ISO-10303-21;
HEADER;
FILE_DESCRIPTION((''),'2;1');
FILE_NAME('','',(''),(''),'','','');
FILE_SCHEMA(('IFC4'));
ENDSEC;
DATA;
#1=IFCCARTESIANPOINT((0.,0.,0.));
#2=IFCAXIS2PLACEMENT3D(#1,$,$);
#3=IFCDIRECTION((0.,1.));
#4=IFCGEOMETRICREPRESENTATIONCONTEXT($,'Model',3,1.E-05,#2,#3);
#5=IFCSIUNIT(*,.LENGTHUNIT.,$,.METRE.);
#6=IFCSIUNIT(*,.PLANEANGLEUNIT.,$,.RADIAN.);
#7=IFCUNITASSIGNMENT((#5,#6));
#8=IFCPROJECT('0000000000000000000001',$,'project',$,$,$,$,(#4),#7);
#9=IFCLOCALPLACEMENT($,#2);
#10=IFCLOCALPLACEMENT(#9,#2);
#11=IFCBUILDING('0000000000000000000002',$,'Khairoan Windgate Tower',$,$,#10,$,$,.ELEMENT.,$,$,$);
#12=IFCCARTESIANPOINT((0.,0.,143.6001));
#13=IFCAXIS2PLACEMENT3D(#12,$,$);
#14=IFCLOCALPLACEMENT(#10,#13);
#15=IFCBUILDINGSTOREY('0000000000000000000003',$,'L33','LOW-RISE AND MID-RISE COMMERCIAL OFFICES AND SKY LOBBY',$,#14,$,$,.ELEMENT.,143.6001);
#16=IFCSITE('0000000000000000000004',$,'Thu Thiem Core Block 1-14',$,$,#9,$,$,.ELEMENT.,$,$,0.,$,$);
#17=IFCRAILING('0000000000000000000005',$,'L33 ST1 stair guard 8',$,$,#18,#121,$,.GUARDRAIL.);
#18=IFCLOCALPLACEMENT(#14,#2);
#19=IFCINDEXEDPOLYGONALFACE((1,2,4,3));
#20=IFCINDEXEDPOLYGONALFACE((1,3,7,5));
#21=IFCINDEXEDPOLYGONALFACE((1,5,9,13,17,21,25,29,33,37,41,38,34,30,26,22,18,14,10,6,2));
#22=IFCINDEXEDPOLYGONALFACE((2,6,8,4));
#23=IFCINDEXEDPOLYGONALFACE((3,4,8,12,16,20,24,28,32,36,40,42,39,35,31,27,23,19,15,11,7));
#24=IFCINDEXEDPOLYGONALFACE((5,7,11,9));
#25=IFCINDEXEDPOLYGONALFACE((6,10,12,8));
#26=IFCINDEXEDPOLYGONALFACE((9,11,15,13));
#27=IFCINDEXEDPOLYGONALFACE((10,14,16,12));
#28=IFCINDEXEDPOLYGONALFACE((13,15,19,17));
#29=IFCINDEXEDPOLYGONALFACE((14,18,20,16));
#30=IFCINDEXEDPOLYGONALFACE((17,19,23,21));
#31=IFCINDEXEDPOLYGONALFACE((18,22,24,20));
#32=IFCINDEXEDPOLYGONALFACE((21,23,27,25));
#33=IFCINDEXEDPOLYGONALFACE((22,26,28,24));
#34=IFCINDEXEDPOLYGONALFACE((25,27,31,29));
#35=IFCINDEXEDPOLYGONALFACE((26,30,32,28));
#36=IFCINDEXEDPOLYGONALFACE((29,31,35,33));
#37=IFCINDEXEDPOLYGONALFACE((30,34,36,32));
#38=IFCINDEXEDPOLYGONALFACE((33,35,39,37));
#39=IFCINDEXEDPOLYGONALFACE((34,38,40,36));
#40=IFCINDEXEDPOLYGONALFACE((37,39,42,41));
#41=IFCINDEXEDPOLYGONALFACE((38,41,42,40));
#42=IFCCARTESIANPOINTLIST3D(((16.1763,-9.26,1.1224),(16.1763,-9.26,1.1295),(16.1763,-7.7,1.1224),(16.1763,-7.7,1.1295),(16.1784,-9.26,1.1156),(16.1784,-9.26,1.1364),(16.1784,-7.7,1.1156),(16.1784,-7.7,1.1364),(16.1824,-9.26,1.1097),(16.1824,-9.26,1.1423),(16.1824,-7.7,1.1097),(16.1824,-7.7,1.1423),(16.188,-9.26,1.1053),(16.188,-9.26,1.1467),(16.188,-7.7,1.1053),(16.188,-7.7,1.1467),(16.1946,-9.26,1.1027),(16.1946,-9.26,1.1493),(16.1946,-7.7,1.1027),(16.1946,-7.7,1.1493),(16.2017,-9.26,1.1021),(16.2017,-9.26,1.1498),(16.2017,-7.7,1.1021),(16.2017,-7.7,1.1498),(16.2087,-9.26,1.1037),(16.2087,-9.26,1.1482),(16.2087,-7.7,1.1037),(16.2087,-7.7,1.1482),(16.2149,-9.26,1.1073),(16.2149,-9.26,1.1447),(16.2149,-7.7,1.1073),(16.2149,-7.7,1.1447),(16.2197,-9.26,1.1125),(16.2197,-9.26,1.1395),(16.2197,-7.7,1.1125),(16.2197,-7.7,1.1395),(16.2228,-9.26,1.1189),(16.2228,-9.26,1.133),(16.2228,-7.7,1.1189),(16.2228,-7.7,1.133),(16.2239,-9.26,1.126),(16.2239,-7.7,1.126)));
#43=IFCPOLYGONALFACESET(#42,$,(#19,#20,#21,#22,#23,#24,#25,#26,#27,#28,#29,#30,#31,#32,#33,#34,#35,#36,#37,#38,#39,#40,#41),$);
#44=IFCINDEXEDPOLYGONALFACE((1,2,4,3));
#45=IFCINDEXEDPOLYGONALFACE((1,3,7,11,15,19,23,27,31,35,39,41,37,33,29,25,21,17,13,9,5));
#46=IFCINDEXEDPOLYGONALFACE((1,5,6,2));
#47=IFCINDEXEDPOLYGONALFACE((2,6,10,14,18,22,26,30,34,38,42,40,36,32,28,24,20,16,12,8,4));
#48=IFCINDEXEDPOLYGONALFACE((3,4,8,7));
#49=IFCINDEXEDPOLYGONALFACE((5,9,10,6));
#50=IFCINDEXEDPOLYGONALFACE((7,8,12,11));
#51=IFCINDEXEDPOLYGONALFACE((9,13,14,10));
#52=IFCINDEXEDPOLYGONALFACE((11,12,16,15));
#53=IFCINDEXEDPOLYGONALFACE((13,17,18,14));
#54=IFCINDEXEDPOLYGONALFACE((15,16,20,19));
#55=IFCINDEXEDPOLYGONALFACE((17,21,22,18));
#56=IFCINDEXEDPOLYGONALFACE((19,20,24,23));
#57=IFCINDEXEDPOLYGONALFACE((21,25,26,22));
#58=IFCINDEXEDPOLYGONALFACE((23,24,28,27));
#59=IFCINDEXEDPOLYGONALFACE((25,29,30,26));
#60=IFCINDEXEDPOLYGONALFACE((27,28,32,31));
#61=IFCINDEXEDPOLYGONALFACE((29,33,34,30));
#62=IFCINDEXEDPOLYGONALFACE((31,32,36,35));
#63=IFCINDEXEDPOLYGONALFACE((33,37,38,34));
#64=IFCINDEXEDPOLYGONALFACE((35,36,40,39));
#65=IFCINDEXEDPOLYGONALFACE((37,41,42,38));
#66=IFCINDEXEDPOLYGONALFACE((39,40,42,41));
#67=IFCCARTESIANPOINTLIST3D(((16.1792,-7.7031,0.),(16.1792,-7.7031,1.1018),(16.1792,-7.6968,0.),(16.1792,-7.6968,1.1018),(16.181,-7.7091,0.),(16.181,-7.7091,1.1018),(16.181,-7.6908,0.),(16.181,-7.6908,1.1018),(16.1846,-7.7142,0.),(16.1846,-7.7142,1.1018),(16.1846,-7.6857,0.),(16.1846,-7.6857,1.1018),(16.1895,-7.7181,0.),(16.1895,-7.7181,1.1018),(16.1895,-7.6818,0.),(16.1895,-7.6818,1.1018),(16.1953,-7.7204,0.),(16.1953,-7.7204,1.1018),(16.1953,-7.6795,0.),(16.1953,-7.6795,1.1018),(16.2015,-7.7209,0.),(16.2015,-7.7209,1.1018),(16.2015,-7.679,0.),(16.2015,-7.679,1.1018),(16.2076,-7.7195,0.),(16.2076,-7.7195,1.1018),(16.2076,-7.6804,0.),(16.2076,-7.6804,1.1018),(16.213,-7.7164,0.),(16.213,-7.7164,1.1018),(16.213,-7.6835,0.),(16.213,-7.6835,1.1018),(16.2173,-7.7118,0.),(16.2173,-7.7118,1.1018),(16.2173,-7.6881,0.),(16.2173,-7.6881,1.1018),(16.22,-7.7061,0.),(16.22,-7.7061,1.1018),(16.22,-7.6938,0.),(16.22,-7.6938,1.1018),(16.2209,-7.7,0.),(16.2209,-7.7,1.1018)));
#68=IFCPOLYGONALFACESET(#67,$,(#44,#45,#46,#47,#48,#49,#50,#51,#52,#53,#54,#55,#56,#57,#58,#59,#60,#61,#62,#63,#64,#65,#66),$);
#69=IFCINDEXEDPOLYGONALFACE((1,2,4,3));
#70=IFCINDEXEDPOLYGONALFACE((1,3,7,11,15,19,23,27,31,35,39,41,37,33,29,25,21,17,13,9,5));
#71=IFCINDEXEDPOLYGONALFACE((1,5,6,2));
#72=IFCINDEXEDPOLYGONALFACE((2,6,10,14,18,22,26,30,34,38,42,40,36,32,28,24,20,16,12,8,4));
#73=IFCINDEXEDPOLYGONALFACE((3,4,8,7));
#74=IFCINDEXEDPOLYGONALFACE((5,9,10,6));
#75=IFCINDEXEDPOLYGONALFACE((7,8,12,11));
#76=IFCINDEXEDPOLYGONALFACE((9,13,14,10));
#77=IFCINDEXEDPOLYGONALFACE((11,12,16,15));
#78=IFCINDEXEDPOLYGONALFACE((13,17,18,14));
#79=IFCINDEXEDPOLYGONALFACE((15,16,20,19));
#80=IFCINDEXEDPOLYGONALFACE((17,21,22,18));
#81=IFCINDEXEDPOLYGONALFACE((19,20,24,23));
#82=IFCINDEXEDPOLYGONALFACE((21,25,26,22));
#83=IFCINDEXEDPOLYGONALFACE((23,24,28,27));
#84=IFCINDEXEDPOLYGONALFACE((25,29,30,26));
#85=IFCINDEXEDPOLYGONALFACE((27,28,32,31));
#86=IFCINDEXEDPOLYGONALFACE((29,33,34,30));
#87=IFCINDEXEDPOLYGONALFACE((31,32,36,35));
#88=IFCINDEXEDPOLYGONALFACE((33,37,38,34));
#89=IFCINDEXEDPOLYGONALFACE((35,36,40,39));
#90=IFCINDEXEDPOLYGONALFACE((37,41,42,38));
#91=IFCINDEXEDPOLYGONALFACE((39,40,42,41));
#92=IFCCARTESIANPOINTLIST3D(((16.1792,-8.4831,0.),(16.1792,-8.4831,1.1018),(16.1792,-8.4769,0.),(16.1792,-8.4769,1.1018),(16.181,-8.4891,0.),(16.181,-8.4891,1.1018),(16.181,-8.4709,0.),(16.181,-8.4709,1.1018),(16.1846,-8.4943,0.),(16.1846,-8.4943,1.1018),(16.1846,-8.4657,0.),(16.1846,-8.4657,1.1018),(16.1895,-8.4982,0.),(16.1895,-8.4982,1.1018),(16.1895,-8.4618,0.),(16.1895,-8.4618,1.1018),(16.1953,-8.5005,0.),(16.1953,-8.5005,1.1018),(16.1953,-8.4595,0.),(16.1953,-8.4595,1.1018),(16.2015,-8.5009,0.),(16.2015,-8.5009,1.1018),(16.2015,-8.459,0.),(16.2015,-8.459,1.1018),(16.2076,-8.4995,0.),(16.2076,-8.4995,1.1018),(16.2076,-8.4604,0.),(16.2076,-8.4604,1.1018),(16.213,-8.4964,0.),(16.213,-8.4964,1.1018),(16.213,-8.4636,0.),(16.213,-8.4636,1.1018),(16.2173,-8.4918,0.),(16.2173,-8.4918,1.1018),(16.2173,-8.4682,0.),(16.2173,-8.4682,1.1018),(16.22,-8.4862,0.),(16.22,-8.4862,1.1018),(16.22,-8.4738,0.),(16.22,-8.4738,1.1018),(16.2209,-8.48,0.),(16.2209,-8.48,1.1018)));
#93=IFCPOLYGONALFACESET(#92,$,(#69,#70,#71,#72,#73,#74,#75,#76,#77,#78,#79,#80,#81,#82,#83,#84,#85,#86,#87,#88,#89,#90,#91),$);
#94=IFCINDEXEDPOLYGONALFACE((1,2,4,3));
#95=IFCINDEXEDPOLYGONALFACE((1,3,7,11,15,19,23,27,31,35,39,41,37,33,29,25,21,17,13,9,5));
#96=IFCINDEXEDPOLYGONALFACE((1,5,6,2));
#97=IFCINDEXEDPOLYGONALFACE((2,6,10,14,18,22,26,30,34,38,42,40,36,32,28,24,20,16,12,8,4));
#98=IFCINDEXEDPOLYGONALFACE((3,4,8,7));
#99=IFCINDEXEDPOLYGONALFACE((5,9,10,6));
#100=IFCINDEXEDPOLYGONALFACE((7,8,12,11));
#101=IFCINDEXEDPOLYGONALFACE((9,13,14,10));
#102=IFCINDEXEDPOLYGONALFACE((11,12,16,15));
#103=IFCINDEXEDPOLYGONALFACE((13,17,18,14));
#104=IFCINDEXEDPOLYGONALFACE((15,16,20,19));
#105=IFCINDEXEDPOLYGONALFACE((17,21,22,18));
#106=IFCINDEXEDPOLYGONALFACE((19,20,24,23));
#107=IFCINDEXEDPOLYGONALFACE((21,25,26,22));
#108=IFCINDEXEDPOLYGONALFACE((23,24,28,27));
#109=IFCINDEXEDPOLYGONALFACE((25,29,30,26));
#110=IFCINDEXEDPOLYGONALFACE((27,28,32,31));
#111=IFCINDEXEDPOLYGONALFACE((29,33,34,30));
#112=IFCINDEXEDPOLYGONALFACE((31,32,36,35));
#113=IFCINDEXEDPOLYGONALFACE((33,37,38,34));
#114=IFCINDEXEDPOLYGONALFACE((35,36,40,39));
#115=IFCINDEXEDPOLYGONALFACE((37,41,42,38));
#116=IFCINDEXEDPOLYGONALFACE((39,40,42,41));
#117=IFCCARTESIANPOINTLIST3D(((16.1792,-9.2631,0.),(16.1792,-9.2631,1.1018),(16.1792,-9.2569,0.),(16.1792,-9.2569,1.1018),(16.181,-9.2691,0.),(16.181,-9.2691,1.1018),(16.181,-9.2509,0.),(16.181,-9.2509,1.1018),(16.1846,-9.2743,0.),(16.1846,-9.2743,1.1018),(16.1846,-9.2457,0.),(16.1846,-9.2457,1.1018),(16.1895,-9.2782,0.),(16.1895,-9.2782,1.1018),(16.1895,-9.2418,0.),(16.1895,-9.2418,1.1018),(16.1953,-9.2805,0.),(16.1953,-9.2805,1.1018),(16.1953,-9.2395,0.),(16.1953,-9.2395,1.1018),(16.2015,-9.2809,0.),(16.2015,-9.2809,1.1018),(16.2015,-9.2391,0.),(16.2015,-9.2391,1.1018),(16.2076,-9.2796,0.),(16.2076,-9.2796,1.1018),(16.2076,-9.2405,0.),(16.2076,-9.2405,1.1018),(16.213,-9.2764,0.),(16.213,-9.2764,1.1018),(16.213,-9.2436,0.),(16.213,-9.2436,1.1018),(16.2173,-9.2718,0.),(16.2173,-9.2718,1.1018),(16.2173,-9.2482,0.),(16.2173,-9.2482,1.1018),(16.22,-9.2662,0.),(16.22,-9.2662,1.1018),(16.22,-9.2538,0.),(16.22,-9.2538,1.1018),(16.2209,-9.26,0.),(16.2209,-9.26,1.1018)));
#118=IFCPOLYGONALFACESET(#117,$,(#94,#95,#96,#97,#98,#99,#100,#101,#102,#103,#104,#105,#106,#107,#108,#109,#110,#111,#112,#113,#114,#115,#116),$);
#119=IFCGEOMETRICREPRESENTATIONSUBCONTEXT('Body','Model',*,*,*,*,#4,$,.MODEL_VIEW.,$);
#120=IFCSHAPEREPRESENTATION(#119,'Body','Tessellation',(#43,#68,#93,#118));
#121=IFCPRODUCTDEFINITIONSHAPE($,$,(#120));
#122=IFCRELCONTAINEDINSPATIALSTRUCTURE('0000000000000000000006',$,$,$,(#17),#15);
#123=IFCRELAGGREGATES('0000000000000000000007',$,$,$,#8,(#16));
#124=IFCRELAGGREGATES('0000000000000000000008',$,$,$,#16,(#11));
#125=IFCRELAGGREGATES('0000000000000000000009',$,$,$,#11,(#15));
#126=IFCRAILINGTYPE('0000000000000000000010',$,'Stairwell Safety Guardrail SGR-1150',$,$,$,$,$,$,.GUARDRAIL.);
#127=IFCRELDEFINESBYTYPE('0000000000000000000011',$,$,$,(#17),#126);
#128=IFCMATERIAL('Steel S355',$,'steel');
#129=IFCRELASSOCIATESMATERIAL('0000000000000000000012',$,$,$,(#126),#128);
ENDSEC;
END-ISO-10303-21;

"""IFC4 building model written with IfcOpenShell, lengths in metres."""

from ifc_helpers import new_model, si_unit, direction, frame, origin, origin_2d, place, context, subcontext, project, spatial, circle, extrude, material, type_object, element, save


model = new_model("IFC4")

# Units and contexts
model_context = context("Model", 3, precision=1e-05, world=origin(), true_north=direction((0.0, 1.0)))
body_context = subcontext(model_context, "Body", "Model", "MODEL_VIEW")
ifc_project = project(units=[si_unit("LENGTHUNIT", "METRE"), si_unit("PLANEANGLEUNIT", "RADIAN")], contexts=[model_context])

# Site, building, storey
site_placement = place(None, origin())
site = spatial("IfcSite", under=ifc_project, at=site_placement, Name="Thu Thiem Core Block 1-14", CompositionType="ELEMENT", RefElevation=0.0)
building_placement = place(site_placement, origin())
building = spatial("IfcBuilding", under=site, at=building_placement, Name="Khairoan Windgate Tower", CompositionType="ELEMENT")
storey_placement = place(building_placement, frame((0.0, 0.0, 143.6001)))
storey = spatial("IfcBuildingStorey", under=building, at=storey_placement, Name="L33", Description="LOW-RISE AND MID-RISE COMMERCIAL OFFICES AND SKY LOBBY", CompositionType="ELEMENT", Elevation=143.6001)

# Railing
ifc_material_1 = material(Name="Steel S355", Category="steel")
railing_type_1 = type_object("IfcRailingType", Name="Stairwell Safety Guardrail SGR-1150", PredefinedType="GUARDRAIL", material=ifc_material_1)
railing_1_placement = place(storey_placement, frame((16.2, -7.7, 0.0)))
element("IfcRailing", 1, at=railing_1_placement, inside=storey, type_object=railing_type_1, Name="L33 ST1 stair guard 8", PredefinedType="GUARDRAIL", context=body_context, shape_type="SweptSolid", body=[
    extrude(circle(Radius=0.0239, at=origin_2d()), frame((0.0, 0.0, 1.126), z_axis=(0.0, -1.0, 0.0), x_axis=(1.0, 0.0, 0.0)), (0.0, 0.0, 1.0), 1.5601),
    extrude(circle(Radius=0.021, at=origin_2d()), origin(), (0.0, 0.0, 1.0), 1.1018),
    extrude(circle(Radius=0.021, at=origin_2d()), frame((0.0, -0.78, 0.0)), (0.0, 0.0, 1.0), 1.1018),
    extrude(circle(Radius=0.021, at=origin_2d()), frame((0.0, -1.5601, 0.0)), (0.0, 0.0, 1.0), 1.1018),
])

save(model, "model.ifc")
